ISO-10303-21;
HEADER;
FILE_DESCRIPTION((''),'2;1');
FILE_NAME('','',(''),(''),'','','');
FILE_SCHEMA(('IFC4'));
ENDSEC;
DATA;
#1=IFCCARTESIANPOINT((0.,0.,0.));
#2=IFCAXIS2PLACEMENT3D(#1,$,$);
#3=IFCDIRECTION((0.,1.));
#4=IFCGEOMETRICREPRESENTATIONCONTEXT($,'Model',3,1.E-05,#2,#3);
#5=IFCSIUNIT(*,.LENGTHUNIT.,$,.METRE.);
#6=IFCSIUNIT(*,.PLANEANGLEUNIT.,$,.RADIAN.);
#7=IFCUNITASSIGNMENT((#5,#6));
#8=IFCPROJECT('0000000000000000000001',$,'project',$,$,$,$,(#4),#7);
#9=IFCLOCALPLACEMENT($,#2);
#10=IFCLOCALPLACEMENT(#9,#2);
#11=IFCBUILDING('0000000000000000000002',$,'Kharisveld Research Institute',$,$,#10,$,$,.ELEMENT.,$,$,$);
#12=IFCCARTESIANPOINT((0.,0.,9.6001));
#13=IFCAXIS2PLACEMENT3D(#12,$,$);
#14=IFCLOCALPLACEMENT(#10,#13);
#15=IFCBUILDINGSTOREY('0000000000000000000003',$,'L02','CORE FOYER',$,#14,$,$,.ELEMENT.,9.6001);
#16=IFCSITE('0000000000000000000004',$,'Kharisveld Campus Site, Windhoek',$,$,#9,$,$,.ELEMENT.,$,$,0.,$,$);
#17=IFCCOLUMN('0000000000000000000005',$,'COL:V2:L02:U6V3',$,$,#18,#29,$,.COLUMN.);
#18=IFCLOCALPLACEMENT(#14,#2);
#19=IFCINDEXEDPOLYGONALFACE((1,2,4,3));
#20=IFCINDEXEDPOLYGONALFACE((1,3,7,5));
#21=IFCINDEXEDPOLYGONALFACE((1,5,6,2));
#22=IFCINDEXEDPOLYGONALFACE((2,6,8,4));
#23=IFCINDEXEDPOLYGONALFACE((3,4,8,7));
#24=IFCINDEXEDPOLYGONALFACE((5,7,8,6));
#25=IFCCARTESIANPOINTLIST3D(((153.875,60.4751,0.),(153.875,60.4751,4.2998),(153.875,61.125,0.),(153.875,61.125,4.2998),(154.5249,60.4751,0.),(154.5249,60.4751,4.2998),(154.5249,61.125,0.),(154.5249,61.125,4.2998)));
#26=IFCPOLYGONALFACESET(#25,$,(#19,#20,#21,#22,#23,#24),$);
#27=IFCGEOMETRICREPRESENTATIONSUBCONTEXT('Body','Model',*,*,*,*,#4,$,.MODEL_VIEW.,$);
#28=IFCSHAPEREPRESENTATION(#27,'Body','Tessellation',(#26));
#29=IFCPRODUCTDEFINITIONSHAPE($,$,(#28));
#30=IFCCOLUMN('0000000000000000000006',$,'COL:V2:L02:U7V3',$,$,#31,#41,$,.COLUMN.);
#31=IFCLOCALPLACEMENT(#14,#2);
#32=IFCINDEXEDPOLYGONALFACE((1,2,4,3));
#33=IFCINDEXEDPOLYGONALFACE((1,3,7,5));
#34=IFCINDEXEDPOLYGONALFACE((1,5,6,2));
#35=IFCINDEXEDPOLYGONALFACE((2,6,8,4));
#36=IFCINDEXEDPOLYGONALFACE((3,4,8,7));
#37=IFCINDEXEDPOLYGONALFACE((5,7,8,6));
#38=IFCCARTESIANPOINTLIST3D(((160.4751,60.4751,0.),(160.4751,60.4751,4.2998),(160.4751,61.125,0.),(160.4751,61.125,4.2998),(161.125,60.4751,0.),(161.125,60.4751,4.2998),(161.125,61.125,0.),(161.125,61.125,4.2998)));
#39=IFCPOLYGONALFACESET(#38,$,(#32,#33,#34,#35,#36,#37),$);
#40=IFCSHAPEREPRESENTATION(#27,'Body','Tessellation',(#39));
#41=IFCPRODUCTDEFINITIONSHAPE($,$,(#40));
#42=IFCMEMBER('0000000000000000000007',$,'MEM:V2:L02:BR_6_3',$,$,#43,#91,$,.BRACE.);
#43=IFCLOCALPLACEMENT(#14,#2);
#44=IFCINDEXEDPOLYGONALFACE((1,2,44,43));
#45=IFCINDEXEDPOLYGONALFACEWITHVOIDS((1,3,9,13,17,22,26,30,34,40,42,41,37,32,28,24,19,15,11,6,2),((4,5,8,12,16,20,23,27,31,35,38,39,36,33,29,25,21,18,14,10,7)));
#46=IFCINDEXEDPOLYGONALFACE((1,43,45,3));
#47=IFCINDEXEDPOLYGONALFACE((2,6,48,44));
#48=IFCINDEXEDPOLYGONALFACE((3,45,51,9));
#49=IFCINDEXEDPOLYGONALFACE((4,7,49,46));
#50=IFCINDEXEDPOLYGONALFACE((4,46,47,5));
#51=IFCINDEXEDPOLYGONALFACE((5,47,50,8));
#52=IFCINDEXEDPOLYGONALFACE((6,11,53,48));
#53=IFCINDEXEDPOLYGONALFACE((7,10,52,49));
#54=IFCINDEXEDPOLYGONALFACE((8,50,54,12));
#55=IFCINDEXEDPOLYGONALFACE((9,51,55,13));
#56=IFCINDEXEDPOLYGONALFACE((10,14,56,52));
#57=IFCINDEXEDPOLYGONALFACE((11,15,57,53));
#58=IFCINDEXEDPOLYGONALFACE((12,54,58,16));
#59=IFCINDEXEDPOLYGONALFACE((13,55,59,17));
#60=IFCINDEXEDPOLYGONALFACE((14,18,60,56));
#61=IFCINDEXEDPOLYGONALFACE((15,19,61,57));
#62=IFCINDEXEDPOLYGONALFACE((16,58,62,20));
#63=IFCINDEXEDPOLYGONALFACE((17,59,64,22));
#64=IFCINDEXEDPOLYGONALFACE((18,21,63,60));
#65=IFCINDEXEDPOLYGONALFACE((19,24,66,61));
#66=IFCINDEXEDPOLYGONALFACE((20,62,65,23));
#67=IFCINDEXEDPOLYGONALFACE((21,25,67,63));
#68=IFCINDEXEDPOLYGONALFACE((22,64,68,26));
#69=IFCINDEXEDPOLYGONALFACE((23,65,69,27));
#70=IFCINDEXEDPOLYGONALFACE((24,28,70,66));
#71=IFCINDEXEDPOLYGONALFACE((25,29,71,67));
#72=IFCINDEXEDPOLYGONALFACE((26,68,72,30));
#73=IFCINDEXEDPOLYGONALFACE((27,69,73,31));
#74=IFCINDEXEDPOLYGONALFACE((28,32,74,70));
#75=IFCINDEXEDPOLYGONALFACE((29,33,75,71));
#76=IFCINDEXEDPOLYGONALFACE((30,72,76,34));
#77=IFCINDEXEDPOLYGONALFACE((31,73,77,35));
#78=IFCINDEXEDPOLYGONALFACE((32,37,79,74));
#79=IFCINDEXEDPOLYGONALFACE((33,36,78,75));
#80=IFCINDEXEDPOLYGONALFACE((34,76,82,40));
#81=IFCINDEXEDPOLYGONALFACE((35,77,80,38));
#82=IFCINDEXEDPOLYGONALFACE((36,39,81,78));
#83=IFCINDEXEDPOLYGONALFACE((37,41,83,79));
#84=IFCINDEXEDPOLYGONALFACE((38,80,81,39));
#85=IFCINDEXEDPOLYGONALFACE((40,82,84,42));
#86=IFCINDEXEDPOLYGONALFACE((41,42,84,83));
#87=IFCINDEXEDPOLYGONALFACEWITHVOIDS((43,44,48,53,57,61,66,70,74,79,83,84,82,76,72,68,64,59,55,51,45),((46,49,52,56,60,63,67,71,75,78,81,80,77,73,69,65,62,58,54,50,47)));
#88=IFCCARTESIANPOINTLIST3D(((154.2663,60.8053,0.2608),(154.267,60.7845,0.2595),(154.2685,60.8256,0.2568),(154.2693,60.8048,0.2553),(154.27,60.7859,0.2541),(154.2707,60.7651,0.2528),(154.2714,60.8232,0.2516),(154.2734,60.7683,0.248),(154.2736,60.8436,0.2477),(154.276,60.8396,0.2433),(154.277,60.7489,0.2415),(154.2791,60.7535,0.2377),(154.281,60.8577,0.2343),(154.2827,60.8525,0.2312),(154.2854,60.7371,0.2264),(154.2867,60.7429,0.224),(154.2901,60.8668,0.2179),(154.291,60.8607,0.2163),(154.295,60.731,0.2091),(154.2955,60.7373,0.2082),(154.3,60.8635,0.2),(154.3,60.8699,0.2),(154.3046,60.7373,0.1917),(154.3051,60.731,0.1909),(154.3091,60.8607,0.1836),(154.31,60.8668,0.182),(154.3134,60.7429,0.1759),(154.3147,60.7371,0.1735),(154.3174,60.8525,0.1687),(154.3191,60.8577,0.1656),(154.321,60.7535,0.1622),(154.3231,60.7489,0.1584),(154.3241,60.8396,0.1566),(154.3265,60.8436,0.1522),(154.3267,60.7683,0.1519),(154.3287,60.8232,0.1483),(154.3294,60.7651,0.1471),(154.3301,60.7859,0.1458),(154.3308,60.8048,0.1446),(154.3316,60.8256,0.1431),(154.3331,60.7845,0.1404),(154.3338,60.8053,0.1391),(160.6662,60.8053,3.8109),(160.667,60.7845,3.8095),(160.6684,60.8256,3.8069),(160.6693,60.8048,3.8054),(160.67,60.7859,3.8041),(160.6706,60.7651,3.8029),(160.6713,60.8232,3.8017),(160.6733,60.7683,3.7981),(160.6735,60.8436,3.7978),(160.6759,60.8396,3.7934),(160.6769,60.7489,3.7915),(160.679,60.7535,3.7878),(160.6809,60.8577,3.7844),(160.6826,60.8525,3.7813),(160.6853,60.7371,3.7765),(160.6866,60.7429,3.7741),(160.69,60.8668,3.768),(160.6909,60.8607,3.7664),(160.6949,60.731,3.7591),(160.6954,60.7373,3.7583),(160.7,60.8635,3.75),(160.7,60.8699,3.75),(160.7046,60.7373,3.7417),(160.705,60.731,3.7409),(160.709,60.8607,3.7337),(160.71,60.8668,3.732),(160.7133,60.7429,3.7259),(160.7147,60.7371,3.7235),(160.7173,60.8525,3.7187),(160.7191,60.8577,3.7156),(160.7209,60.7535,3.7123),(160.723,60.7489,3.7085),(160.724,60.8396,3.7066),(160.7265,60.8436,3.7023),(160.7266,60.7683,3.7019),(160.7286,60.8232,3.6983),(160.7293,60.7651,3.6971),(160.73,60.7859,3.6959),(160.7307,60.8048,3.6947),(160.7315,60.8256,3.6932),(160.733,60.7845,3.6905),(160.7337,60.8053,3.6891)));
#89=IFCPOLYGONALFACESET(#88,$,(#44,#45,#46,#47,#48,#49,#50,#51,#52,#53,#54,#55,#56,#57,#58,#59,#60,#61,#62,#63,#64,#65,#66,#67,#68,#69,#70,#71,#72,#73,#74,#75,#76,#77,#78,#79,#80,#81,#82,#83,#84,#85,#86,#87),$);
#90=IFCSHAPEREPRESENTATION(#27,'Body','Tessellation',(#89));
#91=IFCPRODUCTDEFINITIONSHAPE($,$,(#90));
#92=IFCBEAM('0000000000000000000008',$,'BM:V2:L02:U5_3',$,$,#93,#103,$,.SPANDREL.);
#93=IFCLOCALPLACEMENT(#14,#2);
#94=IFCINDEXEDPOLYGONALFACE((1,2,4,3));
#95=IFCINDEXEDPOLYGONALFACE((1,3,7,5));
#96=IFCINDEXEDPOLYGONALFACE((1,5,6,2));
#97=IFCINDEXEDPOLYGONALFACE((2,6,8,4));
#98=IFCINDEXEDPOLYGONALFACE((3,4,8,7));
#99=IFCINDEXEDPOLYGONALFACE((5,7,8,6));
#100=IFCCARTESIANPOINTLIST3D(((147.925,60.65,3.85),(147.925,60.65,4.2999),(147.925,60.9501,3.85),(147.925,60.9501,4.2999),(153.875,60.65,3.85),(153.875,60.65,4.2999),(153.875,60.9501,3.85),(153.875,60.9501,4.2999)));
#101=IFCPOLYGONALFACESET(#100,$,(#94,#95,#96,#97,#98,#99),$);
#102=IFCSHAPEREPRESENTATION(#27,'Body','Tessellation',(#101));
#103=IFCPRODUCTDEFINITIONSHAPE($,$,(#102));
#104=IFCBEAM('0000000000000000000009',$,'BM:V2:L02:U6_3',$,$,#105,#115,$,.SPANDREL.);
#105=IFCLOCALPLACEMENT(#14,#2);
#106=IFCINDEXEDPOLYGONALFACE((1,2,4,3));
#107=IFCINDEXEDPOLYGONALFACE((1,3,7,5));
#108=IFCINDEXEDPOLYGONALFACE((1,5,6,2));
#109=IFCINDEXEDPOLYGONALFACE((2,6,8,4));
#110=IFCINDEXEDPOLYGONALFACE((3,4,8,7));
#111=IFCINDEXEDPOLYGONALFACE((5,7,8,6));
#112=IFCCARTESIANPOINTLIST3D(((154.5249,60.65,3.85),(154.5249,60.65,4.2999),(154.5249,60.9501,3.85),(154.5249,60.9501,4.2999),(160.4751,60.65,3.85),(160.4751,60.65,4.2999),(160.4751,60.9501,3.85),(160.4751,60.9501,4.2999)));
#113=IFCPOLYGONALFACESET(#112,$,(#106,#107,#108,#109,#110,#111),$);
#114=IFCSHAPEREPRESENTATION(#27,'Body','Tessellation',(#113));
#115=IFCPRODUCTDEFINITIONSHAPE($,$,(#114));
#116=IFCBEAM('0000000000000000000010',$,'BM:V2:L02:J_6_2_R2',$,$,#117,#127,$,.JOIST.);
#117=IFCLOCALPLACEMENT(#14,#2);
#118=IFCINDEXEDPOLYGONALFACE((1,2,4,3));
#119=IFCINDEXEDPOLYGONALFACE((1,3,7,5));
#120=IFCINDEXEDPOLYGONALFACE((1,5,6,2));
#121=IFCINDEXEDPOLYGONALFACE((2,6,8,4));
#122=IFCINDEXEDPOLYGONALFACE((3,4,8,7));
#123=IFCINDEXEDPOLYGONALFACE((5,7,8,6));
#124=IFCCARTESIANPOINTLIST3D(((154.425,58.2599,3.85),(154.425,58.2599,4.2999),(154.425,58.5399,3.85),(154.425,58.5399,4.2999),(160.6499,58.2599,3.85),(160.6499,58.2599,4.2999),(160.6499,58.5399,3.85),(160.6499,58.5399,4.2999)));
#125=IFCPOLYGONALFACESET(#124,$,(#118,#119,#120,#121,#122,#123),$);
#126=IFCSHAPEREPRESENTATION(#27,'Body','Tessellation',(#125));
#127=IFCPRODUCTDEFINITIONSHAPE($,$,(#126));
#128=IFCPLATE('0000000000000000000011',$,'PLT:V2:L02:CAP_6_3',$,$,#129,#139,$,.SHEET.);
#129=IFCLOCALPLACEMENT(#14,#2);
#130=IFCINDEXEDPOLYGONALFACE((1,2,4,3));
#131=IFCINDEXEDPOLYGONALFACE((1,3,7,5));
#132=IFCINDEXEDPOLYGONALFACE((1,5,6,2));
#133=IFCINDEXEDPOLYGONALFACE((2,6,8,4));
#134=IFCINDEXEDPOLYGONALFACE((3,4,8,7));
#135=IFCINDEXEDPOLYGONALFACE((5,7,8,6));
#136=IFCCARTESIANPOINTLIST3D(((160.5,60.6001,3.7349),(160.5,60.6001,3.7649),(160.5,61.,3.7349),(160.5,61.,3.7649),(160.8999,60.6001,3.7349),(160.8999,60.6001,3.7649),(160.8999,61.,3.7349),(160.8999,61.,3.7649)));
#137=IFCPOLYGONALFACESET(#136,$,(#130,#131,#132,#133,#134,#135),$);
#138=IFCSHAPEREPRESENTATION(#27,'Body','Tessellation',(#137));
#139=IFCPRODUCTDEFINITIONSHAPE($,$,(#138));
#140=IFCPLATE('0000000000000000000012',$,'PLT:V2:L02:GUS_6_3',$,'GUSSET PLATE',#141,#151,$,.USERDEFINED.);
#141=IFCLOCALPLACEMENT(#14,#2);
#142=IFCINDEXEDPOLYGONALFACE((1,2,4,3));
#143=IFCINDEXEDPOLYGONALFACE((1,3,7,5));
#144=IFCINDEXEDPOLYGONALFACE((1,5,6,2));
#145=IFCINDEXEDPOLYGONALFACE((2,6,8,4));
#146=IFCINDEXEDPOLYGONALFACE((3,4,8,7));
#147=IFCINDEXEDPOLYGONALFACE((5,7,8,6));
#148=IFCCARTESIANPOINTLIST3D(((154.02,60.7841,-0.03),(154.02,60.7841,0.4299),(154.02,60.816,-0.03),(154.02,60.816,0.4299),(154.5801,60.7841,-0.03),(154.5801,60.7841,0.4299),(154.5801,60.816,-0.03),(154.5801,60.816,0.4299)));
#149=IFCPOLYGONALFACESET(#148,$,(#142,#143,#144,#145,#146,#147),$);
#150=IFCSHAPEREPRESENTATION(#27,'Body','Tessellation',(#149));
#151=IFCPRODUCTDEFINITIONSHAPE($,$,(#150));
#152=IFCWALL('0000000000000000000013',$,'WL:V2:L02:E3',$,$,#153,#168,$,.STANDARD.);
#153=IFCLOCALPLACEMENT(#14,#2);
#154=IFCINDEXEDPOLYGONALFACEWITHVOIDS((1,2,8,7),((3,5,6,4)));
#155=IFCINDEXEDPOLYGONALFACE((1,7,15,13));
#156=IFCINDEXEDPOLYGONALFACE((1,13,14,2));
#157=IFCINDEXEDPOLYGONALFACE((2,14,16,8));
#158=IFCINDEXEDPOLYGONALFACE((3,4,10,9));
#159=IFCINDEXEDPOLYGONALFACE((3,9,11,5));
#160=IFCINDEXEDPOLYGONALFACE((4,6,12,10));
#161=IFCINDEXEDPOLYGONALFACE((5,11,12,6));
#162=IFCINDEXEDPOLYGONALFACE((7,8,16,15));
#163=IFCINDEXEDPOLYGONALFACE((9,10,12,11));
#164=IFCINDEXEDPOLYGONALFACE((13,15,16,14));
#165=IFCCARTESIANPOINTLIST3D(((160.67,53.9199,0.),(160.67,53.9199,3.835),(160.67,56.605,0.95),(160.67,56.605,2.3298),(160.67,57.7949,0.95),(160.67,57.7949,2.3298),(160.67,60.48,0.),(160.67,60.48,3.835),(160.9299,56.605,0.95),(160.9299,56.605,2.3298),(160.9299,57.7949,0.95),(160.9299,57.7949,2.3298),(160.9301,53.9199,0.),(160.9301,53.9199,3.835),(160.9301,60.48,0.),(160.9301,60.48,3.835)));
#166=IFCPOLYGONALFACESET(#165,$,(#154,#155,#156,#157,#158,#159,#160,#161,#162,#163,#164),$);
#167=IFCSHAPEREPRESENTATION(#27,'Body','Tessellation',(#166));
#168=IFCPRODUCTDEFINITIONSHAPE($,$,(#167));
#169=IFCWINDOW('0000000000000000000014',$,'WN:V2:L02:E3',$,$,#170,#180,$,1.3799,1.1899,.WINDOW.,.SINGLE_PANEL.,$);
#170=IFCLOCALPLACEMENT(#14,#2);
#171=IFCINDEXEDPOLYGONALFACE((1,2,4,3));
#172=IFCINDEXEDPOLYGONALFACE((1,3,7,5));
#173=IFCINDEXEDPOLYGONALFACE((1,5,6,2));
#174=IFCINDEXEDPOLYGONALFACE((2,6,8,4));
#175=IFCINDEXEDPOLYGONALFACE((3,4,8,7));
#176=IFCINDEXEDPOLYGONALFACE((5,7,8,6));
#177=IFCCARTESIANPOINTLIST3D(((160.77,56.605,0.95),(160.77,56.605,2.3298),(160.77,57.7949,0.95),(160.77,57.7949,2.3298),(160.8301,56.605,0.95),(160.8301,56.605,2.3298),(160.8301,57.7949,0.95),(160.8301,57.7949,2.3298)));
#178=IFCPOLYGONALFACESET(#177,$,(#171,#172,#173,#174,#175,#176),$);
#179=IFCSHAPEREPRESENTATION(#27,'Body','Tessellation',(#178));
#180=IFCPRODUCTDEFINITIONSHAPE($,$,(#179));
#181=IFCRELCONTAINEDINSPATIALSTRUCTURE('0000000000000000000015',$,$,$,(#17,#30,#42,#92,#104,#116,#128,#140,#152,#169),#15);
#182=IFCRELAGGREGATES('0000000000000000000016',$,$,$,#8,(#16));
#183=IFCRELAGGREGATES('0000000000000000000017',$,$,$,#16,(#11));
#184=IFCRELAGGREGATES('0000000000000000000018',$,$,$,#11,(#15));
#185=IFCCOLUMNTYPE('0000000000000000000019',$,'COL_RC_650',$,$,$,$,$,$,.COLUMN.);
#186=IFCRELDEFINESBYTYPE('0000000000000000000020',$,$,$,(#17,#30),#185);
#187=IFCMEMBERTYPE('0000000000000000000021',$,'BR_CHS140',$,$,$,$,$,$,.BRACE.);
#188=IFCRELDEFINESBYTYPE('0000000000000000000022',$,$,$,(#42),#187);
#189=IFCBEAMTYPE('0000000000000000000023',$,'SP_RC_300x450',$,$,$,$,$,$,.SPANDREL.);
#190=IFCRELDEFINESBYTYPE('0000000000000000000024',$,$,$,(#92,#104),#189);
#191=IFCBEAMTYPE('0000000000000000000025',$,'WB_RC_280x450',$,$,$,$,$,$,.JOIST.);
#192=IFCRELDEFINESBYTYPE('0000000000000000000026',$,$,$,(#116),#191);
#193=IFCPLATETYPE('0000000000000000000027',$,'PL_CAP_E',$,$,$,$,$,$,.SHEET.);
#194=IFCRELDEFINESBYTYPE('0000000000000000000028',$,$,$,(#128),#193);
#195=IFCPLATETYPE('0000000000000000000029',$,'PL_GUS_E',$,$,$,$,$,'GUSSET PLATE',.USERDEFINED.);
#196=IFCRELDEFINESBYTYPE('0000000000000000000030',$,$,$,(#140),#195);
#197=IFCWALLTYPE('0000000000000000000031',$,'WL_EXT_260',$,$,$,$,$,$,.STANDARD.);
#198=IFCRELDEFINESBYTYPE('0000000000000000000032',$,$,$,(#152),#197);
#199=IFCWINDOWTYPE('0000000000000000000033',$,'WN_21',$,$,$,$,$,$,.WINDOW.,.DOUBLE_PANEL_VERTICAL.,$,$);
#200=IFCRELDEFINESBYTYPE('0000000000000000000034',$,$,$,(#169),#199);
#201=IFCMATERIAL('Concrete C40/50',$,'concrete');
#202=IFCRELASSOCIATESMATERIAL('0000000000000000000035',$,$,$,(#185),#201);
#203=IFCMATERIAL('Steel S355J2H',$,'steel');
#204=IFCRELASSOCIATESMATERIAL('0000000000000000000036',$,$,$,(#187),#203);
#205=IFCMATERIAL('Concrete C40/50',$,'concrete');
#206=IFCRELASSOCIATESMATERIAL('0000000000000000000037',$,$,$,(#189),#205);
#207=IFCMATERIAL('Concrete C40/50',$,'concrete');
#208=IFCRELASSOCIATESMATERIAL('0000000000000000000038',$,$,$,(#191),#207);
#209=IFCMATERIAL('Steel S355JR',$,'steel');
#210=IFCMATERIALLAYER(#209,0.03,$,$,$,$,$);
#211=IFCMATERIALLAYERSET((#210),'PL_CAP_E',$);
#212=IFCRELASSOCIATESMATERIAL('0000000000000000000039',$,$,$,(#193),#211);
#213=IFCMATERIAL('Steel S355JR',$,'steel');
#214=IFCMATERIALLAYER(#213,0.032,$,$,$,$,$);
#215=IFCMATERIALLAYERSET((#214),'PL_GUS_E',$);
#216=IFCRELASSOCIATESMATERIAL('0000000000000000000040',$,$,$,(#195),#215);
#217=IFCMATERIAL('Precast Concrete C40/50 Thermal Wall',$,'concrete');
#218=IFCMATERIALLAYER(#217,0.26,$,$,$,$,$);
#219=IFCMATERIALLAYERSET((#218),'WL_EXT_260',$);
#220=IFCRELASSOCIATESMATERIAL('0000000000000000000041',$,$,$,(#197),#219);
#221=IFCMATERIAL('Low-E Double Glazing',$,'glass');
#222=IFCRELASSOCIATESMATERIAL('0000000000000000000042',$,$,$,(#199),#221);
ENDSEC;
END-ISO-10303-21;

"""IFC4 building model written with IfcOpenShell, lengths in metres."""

from ifc_helpers import new_model, si_unit, direction, frame, frame_2d, origin, origin_2d, place, context, subcontext, project, spatial, rectangle, hollow_circle, extrude, material, layer, layer_set, material_profile, profile_set, type_object, element, fill, save


model = new_model("IFC4")

# Units and contexts
model_context = context("Model", 3, precision=1e-05, world=origin(), true_north=direction((0.0, 1.0)))
body_context = subcontext(model_context, "Body", "Model", "MODEL_VIEW")
ifc_project = project(units=[si_unit("LENGTHUNIT", "METRE"), si_unit("PLANEANGLEUNIT", "RADIAN")], contexts=[model_context])

# Site, building, storey
site_placement = place(None, origin())
site = spatial("IfcSite", under=ifc_project, at=site_placement, Name="Kharisveld Campus Site, Windhoek", CompositionType="ELEMENT", RefElevation=0.0)
building_placement = place(site_placement, origin())
building = spatial("IfcBuilding", under=site, at=building_placement, Name="Kharisveld Research Institute", CompositionType="ELEMENT")
storey_placement = place(building_placement, frame((0.0, 0.0, 9.6001)))
storey = spatial("IfcBuildingStorey", under=building, at=storey_placement, Name="L02", Description="CORE FOYER", CompositionType="ELEMENT", Elevation=9.6001)

# Columns
ifc_material_1 = material(Name="Concrete C40/50", Category="concrete")
ifc_material_profile_1 = material_profile(ifc_material_1, rectangle(XDim=0.6499, YDim=0.6499, at=origin_2d()))
ifc_profile_set_1 = profile_set([ifc_material_profile_1], Name="Concrete C40/50")
column_type = type_object("IfcColumnType", Name="COL_RC_650", PredefinedType="COLUMN", material=ifc_profile_set_1)
for number, where, z_axis, x_axis, name in (
    (1, (154.2, 60.8, 0.0), (0.0, 0.0, 1.0), (1.0, 0.0, 0.0), "COL:V2:L02:U6V3"),
    (2, (160.8, 60.8, 0.0), (0.0, 0.0, 1.0), (1.0, 0.0, 0.0), "COL:V2:L02:U7V3"),
):
    element("IfcColumn", number, at=place(storey_placement, frame(where, z_axis=z_axis, x_axis=x_axis)), inside=storey, type_object=column_type, Name=name, PredefinedType="COLUMN", context=body_context, shape_type="SweptSolid", body=[
        extrude(rectangle(XDim=0.6499, YDim=0.6499, at=origin_2d()), origin(), (0.0, 0.0, 1.0), 4.2998),
    ])

# Member
ifc_material_2 = material(Name="Steel S355J2H", Category="steel")
ifc_material_profile_2 = material_profile(ifc_material_2, hollow_circle(Radius=0.0698, WallThickness=0.0063, at=origin_2d()))
ifc_profile_set_2 = profile_set([ifc_material_profile_2], Name="Steel S355J2H")
member_type = type_object("IfcMemberType", Name="BR_CHS140", PredefinedType="BRACE", material=ifc_profile_set_2)
member_placement = place(storey_placement, frame((154.3, 60.8, 0.2), z_axis=(0.874473, 0.0, 0.485074), x_axis=(0.0, 1.0, 0.0)))
element("IfcMember", 3, at=member_placement, inside=storey, type_object=member_type, Name="MEM:V2:L02:BR_6_3", PredefinedType="BRACE", context=body_context, shape_type="SweptSolid", body=[
    extrude(hollow_circle(Radius=0.0698, WallThickness=0.0063, at=origin_2d()), origin(), (0.0, 0.0, 1.0), 7.3186),
])

# Beams
ifc_material_3 = material(Name="Concrete C40/50", Category="concrete")
ifc_material_profile_3 = material_profile(ifc_material_3, rectangle(XDim=0.3, YDim=0.45, at=origin_2d()))
ifc_profile_set_3 = profile_set([ifc_material_profile_3], Name="Concrete C40/50")
beam_type_1 = type_object("IfcBeamType", Name="SP_RC_300x450", PredefinedType="SPANDREL", material=ifc_profile_set_3)
beam_1_placement = place(storey_placement, frame((147.925, 60.8, 4.075), z_axis=(1.0, 0.0, 0.0), x_axis=(0.0, 1.0, 0.0)))
element("IfcBeam", 4, at=beam_1_placement, inside=storey, type_object=beam_type_1, Name="BM:V2:L02:U5_3", PredefinedType="SPANDREL", context=body_context, shape_type="SweptSolid", body=[
    extrude(rectangle(XDim=0.3, YDim=0.45, at=origin_2d()), origin(), (0.0, 0.0, 1.0), 5.95),
])
beam_2_placement = place(storey_placement, frame((154.5249, 60.8, 4.075), z_axis=(1.0, 0.0, 0.0), x_axis=(0.0, 1.0, 0.0)))
element("IfcBeam", 5, at=beam_2_placement, inside=storey, type_object=beam_type_1, Name="BM:V2:L02:U6_3", PredefinedType="SPANDREL", context=body_context, shape_type="SweptSolid", body=[
    extrude(rectangle(XDim=0.3, YDim=0.45, at=origin_2d()), origin(), (0.0, 0.0, 1.0), 5.9502),
])
ifc_material_4 = material(Name="Concrete C40/50", Category="concrete")
ifc_material_profile_4 = material_profile(ifc_material_4, rectangle(XDim=0.28, YDim=0.45, at=origin_2d()))
ifc_profile_set_4 = profile_set([ifc_material_profile_4], Name="Concrete C40/50")
beam_type_2 = type_object("IfcBeamType", Name="WB_RC_280x450", PredefinedType="JOIST", material=ifc_profile_set_4)
beam_3_placement = place(storey_placement, frame((154.425, 58.3999, 4.075), z_axis=(1.0, 0.0, 0.0), x_axis=(0.0, 1.0, 0.0)))
element("IfcBeam", 6, at=beam_3_placement, inside=storey, type_object=beam_type_2, Name="BM:V2:L02:J_6_2_R2", PredefinedType="JOIST", context=body_context, shape_type="SweptSolid", body=[
    extrude(rectangle(XDim=0.28, YDim=0.45, at=origin_2d()), origin(), (0.0, 0.0, 1.0), 6.2249),
])

# Plates
ifc_material_5 = material(Name="Steel S355JR", Category="steel")
ifc_layer_1 = layer(ifc_material_5, 0.03)
ifc_layer_set_1 = layer_set([ifc_layer_1], Name="PL_CAP_E")
plate_type_1 = type_object("IfcPlateType", Name="PL_CAP_E", PredefinedType="SHEET", material=ifc_layer_set_1)
plate_1_placement = place(storey_placement, frame((160.7, 60.8, 3.7349), z_axis=(0.0, 0.0, 1.0), x_axis=(1.0, 0.0, 0.0)))
element("IfcPlate", 7, at=plate_1_placement, inside=storey, type_object=plate_type_1, Name="PLT:V2:L02:CAP_6_3", PredefinedType="SHEET", context=body_context, shape_type="SweptSolid", body=[
    extrude(rectangle(XDim=0.3999, YDim=0.3999, at=origin_2d()), origin(), (0.0, 0.0, 1.0), 0.03),
])
ifc_material_6 = material(Name="Steel S355JR", Category="steel")
ifc_layer_2 = layer(ifc_material_6, 0.032)
ifc_layer_set_2 = layer_set([ifc_layer_2], Name="PL_GUS_E")
plate_type_2 = type_object("IfcPlateType", Name="PL_GUS_E", ElementType="GUSSET PLATE", PredefinedType="USERDEFINED", material=ifc_layer_set_2)
plate_2_placement = place(storey_placement, frame((154.3, 60.8, -0.03), z_axis=(0.0, 0.0, 1.0), x_axis=(1.0, 0.0, 0.0)))
element("IfcPlate", 8, at=plate_2_placement, inside=storey, type_object=plate_type_2, Name="PLT:V2:L02:GUS_6_3", ObjectType="GUSSET PLATE", PredefinedType="USERDEFINED", context=body_context, shape_type="SweptSolid", body=[
    extrude(rectangle(XDim=0.5601, YDim=0.032, at=origin_2d()), origin(), (0.0, 0.0, 1.0), 0.46),
])

# Wall, opening, window
ifc_material_7 = material(Name="Precast Concrete C40/50 Thermal Wall", Category="concrete")
ifc_layer_3 = layer(ifc_material_7, 0.26)
ifc_layer_set_3 = layer_set([ifc_layer_3], Name="WL_EXT_260")
wall_type_1 = type_object("IfcWallType", Name="WL_EXT_260", PredefinedType="STANDARD", material=ifc_layer_set_3)
wall_1_placement = place(storey_placement, frame((160.8, 60.48, 0.0), z_axis=(0.0, 0.0, 1.0), x_axis=(0.0, -1.0, 0.0)))
wall_1 = element("IfcWall", 9, at=wall_1_placement, inside=storey, type_object=wall_type_1, Name="WL:V2:L02:E3", PredefinedType="STANDARD", context=body_context, shape_type="SweptSolid", body=[
    extrude(rectangle(XDim=6.5601, YDim=0.26, at=frame_2d((3.28, 0.0))), origin(), (0.0, 0.0, 1.0), 3.835),
])
opening_placement = place(wall_1_placement, frame((2.6851, 0.0, 0.95)))
opening = element("IfcOpeningElement", 10, at=opening_placement, cuts=wall_1, PredefinedType="OPENING", context=body_context, shape_type="SweptSolid", body=[
    extrude(rectangle(XDim=1.1899, YDim=1.3799, at=frame_2d((0.595, 0.6899))), frame((0.0, 0.1299, 0.0), z_axis=(0.0, -1.0, 0.0), x_axis=(1.0, 0.0, 0.0)), (0.0, 0.0, 1.0), 0.26),
])
ifc_material_8 = material(Name="Low-E Double Glazing", Category="glass")
window_type = type_object("IfcWindowType", Name="WN_21", PartitioningType="DOUBLE_PANEL_VERTICAL", PredefinedType="WINDOW", material=ifc_material_8)
window_placement = place(opening_placement, origin())
window = element("IfcWindow", 11, at=window_placement, inside=storey, type_object=window_type, Name="WN:V2:L02:E3", OverallHeight=1.3799, OverallWidth=1.1899, PartitioningType="SINGLE_PANEL", PredefinedType="WINDOW", context=body_context, shape_type="SweptSolid", body=[
    extrude(rectangle(XDim=1.1899, YDim=1.3799, at=frame_2d((0.595, 0.6899))), frame((0.0, 0.03, 0.0), z_axis=(0.0, -1.0, 0.0), x_axis=(1.0, 0.0, 0.0)), (0.0, 0.0, 1.0), 0.0601),
])
fill(opening, window)

save(model, "model.ifc")
